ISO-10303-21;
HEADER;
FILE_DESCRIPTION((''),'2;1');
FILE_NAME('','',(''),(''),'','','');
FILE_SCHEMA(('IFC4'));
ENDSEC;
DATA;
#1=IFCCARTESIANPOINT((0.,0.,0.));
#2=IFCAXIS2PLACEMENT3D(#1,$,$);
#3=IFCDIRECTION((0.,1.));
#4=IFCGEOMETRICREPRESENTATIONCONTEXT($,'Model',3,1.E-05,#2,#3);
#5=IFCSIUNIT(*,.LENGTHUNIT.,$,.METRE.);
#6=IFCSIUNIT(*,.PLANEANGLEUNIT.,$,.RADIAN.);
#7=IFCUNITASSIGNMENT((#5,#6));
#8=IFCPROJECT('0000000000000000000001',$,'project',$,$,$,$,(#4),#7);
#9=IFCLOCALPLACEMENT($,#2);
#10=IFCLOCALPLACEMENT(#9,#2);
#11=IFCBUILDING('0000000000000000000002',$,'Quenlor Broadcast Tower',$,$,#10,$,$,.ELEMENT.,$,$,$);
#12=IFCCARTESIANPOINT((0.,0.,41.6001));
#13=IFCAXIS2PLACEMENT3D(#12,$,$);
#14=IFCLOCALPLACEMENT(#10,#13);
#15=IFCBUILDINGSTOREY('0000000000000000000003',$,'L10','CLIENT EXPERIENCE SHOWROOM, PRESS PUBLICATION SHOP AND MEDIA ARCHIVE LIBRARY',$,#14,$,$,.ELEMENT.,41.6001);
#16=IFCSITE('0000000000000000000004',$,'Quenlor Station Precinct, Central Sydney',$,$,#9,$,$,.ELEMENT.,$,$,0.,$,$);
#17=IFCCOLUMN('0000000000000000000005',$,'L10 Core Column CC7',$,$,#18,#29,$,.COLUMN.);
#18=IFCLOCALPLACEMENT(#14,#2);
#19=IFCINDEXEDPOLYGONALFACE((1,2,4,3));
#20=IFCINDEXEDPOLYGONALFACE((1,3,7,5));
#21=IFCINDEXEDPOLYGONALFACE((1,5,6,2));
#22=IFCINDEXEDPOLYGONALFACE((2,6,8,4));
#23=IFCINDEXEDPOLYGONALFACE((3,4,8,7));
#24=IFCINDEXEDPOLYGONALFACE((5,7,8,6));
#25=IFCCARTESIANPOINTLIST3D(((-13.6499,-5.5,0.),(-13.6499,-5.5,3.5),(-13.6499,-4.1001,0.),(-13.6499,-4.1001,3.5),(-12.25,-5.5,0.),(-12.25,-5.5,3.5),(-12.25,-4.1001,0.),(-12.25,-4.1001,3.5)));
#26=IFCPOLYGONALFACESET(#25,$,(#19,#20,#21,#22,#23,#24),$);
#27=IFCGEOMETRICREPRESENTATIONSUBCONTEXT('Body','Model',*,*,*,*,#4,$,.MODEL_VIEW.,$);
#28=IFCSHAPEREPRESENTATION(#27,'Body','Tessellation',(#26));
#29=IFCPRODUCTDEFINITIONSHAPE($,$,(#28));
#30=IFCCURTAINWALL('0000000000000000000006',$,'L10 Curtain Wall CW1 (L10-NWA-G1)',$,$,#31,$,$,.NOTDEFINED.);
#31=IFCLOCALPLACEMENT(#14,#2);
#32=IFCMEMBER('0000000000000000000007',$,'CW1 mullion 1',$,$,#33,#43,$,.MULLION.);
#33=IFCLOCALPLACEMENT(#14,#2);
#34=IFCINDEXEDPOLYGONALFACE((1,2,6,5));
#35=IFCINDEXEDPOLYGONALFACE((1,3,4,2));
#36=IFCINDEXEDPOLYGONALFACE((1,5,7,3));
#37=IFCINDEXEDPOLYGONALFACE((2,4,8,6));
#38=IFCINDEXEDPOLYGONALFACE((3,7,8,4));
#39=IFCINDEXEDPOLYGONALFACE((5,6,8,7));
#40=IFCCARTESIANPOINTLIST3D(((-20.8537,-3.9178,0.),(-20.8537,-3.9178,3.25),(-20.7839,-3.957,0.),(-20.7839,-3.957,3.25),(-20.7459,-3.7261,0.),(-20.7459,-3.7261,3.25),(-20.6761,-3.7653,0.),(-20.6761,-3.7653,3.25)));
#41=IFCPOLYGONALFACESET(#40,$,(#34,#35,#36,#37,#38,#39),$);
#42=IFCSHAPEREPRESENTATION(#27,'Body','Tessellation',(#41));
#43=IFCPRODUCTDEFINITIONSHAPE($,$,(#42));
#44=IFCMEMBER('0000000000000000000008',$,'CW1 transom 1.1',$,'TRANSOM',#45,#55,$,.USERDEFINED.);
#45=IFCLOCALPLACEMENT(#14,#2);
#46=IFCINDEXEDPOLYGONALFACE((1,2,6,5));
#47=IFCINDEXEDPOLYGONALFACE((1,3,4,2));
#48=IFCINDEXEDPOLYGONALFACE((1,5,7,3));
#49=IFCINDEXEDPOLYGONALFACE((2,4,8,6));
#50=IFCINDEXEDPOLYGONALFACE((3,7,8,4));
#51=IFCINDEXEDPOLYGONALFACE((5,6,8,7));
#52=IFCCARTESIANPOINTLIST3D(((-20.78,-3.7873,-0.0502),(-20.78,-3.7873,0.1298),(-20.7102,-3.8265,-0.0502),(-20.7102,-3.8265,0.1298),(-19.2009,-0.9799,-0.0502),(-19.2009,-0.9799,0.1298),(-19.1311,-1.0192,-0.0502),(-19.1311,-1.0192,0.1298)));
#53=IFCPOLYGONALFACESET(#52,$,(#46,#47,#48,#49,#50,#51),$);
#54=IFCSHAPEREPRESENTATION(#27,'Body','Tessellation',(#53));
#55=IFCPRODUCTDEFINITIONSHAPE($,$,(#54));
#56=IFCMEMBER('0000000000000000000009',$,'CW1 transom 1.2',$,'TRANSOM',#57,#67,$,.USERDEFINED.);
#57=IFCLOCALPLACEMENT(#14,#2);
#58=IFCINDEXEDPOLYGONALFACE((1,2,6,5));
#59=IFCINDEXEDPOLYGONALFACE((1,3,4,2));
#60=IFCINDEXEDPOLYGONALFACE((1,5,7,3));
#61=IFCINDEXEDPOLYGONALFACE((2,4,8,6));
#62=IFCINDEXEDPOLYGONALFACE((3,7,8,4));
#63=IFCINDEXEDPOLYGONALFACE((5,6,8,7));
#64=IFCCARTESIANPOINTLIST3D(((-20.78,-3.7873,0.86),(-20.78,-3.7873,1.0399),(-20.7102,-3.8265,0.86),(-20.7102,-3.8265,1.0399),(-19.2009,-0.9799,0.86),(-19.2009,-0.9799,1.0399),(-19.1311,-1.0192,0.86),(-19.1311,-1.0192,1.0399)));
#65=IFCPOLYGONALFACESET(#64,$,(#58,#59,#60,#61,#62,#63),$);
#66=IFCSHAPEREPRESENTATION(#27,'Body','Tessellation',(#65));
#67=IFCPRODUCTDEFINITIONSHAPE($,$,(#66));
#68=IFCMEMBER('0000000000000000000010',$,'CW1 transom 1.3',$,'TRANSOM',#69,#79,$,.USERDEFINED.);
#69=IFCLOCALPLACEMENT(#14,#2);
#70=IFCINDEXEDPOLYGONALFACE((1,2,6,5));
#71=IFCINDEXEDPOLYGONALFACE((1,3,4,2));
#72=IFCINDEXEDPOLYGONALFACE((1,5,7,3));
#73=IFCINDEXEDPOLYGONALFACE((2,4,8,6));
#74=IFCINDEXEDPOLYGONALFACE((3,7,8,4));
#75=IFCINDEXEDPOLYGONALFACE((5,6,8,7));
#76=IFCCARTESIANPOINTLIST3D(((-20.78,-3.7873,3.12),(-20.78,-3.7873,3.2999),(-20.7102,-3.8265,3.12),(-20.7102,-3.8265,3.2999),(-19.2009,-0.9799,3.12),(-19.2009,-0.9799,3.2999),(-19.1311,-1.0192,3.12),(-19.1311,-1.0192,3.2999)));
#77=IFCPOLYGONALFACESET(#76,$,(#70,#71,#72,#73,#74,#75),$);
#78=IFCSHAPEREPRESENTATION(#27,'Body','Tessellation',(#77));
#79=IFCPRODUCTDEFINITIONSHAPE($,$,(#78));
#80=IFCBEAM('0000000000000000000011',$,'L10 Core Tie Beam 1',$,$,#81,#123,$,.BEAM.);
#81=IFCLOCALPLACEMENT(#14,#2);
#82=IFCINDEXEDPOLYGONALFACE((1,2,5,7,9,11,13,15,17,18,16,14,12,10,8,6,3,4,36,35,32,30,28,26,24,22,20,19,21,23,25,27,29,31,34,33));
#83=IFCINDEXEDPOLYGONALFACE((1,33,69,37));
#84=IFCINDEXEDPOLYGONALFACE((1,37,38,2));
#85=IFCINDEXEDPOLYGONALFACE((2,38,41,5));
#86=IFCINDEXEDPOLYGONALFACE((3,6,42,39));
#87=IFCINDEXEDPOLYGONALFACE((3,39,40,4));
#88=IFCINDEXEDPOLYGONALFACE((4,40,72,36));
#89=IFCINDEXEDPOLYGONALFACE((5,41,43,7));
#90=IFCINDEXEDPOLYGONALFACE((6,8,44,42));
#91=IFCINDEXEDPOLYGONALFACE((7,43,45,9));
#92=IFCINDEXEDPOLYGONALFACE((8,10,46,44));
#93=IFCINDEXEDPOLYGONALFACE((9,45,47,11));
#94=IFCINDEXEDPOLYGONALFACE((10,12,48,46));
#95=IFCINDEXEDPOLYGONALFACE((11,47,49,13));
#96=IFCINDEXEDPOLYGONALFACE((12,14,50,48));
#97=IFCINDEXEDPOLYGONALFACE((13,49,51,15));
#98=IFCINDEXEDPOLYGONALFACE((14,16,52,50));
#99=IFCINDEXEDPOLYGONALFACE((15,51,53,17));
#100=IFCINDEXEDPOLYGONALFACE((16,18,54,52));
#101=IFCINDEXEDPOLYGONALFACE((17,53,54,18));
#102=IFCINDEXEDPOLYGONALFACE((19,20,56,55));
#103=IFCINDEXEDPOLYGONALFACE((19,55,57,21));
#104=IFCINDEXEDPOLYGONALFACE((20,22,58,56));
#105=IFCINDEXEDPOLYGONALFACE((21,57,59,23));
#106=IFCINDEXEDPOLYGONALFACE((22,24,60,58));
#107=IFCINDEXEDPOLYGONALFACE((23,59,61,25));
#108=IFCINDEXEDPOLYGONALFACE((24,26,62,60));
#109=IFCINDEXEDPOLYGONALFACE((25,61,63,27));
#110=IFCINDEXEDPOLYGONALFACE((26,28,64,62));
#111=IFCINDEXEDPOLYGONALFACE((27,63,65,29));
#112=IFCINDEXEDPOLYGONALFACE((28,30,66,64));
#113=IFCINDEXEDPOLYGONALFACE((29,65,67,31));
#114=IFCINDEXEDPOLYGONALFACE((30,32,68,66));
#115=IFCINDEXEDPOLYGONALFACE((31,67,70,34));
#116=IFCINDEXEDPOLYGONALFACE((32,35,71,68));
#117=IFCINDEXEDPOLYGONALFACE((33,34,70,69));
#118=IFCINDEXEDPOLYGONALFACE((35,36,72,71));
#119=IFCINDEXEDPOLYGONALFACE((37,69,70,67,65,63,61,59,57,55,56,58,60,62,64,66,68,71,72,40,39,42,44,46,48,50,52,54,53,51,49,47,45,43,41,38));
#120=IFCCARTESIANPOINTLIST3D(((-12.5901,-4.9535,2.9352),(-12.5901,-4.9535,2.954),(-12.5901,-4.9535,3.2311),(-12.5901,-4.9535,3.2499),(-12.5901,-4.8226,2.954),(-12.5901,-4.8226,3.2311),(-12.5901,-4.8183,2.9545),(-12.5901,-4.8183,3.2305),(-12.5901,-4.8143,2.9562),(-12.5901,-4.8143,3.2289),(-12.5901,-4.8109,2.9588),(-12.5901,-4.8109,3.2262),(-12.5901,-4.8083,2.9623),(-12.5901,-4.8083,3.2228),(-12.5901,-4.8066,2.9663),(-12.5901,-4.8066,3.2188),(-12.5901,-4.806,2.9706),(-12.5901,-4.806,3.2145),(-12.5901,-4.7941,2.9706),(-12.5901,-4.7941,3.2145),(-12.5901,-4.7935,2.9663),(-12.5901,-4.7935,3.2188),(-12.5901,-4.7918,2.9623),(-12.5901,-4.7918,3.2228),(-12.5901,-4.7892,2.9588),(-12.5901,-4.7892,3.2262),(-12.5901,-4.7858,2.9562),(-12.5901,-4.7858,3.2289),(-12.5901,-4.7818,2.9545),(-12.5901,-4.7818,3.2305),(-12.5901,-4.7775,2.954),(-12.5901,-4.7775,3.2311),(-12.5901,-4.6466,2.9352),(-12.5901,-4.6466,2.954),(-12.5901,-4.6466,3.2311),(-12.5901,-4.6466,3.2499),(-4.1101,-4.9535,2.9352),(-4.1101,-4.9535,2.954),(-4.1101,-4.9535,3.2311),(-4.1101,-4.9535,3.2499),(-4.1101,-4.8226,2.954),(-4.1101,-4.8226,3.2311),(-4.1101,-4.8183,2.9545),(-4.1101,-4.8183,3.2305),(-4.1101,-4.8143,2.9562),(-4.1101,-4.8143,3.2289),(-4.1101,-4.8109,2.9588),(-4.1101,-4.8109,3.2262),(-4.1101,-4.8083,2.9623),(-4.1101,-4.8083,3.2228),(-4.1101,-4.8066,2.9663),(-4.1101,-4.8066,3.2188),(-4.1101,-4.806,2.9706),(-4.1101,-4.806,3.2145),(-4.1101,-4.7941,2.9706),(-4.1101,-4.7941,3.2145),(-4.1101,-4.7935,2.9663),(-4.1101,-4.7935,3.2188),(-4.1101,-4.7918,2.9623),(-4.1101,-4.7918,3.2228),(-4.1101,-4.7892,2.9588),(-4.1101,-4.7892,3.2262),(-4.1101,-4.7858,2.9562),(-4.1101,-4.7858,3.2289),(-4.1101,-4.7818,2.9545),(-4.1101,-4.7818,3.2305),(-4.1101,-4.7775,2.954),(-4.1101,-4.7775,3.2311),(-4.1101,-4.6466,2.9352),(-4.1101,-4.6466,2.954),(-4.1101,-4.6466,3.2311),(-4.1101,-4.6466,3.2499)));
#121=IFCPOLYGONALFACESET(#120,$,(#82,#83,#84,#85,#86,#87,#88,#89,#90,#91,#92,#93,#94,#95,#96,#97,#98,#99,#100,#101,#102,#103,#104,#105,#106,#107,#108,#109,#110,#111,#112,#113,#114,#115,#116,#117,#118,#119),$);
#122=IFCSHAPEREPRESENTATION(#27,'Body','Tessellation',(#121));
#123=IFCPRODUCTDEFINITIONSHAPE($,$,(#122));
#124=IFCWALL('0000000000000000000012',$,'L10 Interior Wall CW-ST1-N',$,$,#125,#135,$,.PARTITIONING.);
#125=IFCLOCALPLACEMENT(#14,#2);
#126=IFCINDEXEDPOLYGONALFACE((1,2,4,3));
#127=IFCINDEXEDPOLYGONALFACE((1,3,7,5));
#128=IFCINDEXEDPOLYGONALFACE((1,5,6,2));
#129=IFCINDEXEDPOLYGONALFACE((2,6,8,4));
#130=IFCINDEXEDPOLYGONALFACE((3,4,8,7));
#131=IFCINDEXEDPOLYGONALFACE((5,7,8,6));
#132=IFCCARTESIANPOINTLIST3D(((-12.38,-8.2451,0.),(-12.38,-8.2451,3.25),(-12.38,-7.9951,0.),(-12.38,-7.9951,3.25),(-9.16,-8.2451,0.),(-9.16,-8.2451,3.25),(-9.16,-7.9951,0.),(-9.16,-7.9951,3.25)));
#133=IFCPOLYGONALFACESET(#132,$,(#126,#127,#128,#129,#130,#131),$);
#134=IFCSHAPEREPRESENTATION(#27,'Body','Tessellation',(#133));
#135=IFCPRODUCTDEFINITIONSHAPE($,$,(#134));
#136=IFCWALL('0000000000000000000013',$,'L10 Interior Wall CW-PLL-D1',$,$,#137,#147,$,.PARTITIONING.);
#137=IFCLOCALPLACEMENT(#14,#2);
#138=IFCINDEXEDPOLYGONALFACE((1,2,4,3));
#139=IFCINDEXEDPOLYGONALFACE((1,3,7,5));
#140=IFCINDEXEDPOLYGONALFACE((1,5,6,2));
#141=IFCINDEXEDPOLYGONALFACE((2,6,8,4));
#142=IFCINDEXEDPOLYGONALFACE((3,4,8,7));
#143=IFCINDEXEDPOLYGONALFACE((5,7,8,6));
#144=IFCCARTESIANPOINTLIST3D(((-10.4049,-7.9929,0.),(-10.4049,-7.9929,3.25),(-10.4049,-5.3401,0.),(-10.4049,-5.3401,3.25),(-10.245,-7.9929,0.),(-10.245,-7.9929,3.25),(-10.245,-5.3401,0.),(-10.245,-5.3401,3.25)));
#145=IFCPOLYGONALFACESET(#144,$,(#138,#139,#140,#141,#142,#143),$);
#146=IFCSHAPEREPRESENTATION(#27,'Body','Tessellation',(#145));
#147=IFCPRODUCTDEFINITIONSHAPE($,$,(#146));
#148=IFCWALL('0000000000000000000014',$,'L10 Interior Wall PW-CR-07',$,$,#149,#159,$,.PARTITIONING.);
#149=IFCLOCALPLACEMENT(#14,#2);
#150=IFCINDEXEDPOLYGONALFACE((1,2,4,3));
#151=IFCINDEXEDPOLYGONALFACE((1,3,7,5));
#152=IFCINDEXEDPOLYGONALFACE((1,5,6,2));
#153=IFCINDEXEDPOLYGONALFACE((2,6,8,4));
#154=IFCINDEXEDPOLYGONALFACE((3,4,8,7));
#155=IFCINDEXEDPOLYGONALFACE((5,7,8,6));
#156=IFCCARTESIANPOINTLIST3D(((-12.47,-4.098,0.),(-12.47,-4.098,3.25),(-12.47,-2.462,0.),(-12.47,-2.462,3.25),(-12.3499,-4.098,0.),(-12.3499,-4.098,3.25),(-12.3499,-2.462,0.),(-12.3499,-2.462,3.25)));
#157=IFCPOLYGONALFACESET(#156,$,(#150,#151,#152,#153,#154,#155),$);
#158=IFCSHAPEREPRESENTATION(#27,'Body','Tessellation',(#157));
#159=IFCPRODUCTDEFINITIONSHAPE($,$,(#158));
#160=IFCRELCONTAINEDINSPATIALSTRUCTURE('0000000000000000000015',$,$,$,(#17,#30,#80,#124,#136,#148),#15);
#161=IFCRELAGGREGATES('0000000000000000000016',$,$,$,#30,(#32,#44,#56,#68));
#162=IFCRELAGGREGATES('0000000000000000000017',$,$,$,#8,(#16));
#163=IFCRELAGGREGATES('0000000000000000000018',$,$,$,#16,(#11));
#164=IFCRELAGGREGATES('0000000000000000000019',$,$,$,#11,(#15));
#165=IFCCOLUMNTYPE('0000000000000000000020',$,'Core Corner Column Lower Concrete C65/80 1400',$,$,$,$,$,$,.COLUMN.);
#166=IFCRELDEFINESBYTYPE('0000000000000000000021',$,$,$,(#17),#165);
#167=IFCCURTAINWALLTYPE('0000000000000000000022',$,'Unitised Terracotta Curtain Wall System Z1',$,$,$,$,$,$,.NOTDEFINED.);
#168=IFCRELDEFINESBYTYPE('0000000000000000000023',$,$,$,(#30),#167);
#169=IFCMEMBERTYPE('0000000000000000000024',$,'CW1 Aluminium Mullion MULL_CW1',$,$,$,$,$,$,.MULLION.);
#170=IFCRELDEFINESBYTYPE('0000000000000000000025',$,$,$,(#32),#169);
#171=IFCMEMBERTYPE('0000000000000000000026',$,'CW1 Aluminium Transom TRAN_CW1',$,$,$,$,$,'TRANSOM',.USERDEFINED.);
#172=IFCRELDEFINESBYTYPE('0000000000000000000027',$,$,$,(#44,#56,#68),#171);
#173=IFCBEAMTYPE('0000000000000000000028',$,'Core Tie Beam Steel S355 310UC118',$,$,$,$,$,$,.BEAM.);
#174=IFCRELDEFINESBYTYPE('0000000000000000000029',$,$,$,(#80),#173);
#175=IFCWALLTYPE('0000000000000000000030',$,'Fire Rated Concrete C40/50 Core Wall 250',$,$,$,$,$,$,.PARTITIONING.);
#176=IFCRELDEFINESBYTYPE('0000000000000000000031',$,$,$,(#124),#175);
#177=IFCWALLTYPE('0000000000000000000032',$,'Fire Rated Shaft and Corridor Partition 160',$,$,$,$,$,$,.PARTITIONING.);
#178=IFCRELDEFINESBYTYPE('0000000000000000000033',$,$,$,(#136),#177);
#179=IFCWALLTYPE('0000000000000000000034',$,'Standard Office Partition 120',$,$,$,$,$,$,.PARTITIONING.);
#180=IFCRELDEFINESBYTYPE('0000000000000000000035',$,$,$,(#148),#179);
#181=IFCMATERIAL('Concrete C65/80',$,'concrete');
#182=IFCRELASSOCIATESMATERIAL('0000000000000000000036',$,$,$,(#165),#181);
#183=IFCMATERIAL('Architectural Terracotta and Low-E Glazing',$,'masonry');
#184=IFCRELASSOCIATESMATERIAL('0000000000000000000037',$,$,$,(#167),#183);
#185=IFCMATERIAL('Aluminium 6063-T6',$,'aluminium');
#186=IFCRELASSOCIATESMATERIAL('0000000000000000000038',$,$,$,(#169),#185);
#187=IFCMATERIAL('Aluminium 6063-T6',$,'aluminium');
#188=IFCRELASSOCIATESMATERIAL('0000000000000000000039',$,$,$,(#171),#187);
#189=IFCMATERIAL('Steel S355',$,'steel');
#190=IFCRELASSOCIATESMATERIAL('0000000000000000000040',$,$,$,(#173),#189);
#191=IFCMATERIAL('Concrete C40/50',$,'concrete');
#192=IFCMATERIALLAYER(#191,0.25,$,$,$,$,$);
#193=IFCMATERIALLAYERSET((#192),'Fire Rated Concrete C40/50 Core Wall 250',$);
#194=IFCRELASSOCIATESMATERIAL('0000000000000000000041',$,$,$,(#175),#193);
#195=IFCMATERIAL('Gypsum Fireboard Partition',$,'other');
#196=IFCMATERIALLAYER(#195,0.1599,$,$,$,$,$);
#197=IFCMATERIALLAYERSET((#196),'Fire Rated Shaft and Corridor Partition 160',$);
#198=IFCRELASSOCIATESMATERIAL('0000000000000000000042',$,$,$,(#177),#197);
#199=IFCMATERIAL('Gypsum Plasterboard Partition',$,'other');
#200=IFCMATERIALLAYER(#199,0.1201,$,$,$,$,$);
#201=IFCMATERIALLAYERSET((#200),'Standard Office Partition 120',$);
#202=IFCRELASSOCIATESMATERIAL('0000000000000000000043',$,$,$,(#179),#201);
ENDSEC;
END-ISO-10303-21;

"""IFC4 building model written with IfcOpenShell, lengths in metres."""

from ifc_helpers import new_model, si_unit, direction, frame, frame_2d, origin, origin_2d, place, context, subcontext, project, spatial, rectangle, i_section, extrude, material, layer, layer_set, material_profile, profile_set, type_object, element, aggregate, save


model = new_model("IFC4")

# Units and contexts
model_context = context("Model", 3, precision=1e-05, world=origin(), true_north=direction((0.0, 1.0)))
body_context = subcontext(model_context, "Body", "Model", "MODEL_VIEW")
ifc_project = project(units=[si_unit("LENGTHUNIT", "METRE"), si_unit("PLANEANGLEUNIT", "RADIAN")], contexts=[model_context])

# Site, building, storey
site_placement = place(None, origin())
site = spatial("IfcSite", under=ifc_project, at=site_placement, Name="Quenlor Station Precinct, Central Sydney", CompositionType="ELEMENT", RefElevation=0.0)
building_placement = place(site_placement, origin())
building = spatial("IfcBuilding", under=site, at=building_placement, Name="Quenlor Broadcast Tower", CompositionType="ELEMENT")
storey_placement = place(building_placement, frame((0.0, 0.0, 41.6001)))
storey = spatial("IfcBuildingStorey", under=building, at=storey_placement, Name="L10", Description="CLIENT EXPERIENCE SHOWROOM, PRESS PUBLICATION SHOP AND MEDIA ARCHIVE LIBRARY", CompositionType="ELEMENT", Elevation=41.6001)

# Column
ifc_material_1 = material(Name="Concrete C65/80", Category="concrete")
ifc_material_profile_1 = material_profile(ifc_material_1, rectangle(XDim=1.3999, YDim=1.3999, at=origin_2d()))
ifc_profile_set_1 = profile_set([ifc_material_profile_1], Name="Concrete C65/80 RC1400x1400")
column_type = type_object("IfcColumnType", Name="Core Corner Column Lower Concrete C65/80 1400", PredefinedType="COLUMN", material=ifc_profile_set_1)
column_placement = place(storey_placement, frame((-12.95, -4.8, 0.0), z_axis=(0.0, 0.0, 1.0), x_axis=(1.0, 0.0, 0.0)))
element("IfcColumn", 1, at=column_placement, inside=storey, type_object=column_type, Name="L10 Core Column CC7", PredefinedType="COLUMN", context=body_context, shape_type="SweptSolid", body=[
    extrude(rectangle(XDim=1.3999, YDim=1.3999, at=origin_2d()), origin(), (0.0, 0.0, 1.0), 3.5),
])

# Curtain wall, members
ifc_material_2 = material(Name="Architectural Terracotta and Low-E Glazing", Category="masonry")
curtain_wall_type = type_object("IfcCurtainWallType", Name="Unitised Terracotta Curtain Wall System Z1", PredefinedType="NOTDEFINED", material=ifc_material_2)
curtain_wall_placement = place(storey_placement, origin())
curtain_wall = element("IfcCurtainWall", 2, at=curtain_wall_placement, inside=storey, type_object=curtain_wall_type, Name="L10 Curtain Wall CW1 (L10-NWA-G1)", PredefinedType="NOTDEFINED")
ifc_material_3 = material(Name="Aluminium 6063-T6", Category="aluminium")
ifc_material_profile_2 = material_profile(ifc_material_3, rectangle(XDim=0.0801, YDim=0.22, at=origin_2d()))
ifc_profile_set_2 = profile_set([ifc_material_profile_2], Name="Aluminium 6063-T6 MULL80x220")
member_type_1 = type_object("IfcMemberType", Name="CW1 Aluminium Mullion MULL_CW1", PredefinedType="MULLION", material=ifc_profile_set_2)
member_1_placement = place(storey_placement, frame((-20.7649, -3.8416, 0.0), z_axis=(0.0, 0.0, 1.0), x_axis=(-0.871578, 0.490257, 0.0)))
member_1 = element("IfcMember", 3, at=member_1_placement, type_object=member_type_1, Name="CW1 mullion 1", PredefinedType="MULLION", context=body_context, shape_type="SweptSolid", body=[
    extrude(rectangle(XDim=0.0801, YDim=0.22, at=origin_2d()), origin(), (0.0, 0.0, 1.0), 3.25),
])
ifc_material_4 = material(Name="Aluminium 6063-T6", Category="aluminium")
ifc_material_profile_3 = material_profile(ifc_material_4, rectangle(XDim=0.0801, YDim=0.1799, at=origin_2d()))
ifc_profile_set_3 = profile_set([ifc_material_profile_3], Name="Aluminium 6063-T6 TRAN80x180")
member_type_2 = type_object("IfcMemberType", Name="CW1 Aluminium Transom TRAN_CW1", ElementType="TRANSOM", PredefinedType="USERDEFINED", material=ifc_profile_set_3)
member_2_placement = place(storey_placement, frame((-20.7451, -3.8069, 0.0398), z_axis=(0.49025, 0.871582, 0.0), x_axis=(-0.871582, 0.49025, 0.0)))
member_2 = element("IfcMember", 4, at=member_2_placement, type_object=member_type_2, Name="CW1 transom 1.1", ObjectType="TRANSOM", PredefinedType="USERDEFINED", context=body_context, shape_type="SweptSolid", body=[
    extrude(rectangle(XDim=0.0801, YDim=0.1799, at=origin_2d()), origin(), (0.0, 0.0, 1.0), 3.2209),
])
member_3_placement = place(storey_placement, frame((-20.7451, -3.8069, 0.95), z_axis=(0.49025, 0.871582, 0.0), x_axis=(-0.871582, 0.49025, 0.0)))
member_3 = element("IfcMember", 5, at=member_3_placement, type_object=member_type_2, Name="CW1 transom 1.2", ObjectType="TRANSOM", PredefinedType="USERDEFINED", context=body_context, shape_type="SweptSolid", body=[
    extrude(rectangle(XDim=0.0801, YDim=0.1799, at=origin_2d()), origin(), (0.0, 0.0, 1.0), 3.2209),
])
member_4_placement = place(storey_placement, frame((-20.7451, -3.8069, 3.21), z_axis=(0.49025, 0.871582, 0.0), x_axis=(-0.871582, 0.49025, 0.0)))
member_4 = element("IfcMember", 6, at=member_4_placement, type_object=member_type_2, Name="CW1 transom 1.3", ObjectType="TRANSOM", PredefinedType="USERDEFINED", context=body_context, shape_type="SweptSolid", body=[
    extrude(rectangle(XDim=0.0801, YDim=0.1799, at=origin_2d()), origin(), (0.0, 0.0, 1.0), 3.2209),
])
aggregate(curtain_wall, [member_1, member_2, member_3, member_4])

# Beam
ifc_material_5 = material(Name="Steel S355", Category="steel")
ifc_material_profile_4 = material_profile(ifc_material_5, i_section(OverallWidth=0.3069, OverallDepth=0.3147, WebThickness=0.012, FlangeThickness=0.0188, FilletRadius=0.0166, at=origin_2d()))
ifc_profile_set_4 = profile_set([ifc_material_profile_4], Name="Steel S355 310UC118")
beam_type = type_object("IfcBeamType", Name="Core Tie Beam Steel S355 310UC118", PredefinedType="BEAM", material=ifc_profile_set_4)
beam_placement = place(storey_placement, frame((-12.5901, -4.8, 3.0925), z_axis=(1.0, 0.0, 0.0), x_axis=(0.0, 1.0, 0.0)))
element("IfcBeam", 7, at=beam_placement, inside=storey, type_object=beam_type, Name="L10 Core Tie Beam 1", PredefinedType="BEAM", context=body_context, shape_type="SweptSolid", body=[
    extrude(i_section(OverallWidth=0.3069, OverallDepth=0.3147, WebThickness=0.012, FlangeThickness=0.0188, FilletRadius=0.0166, at=origin_2d()), origin(), (0.0, 0.0, 1.0), 8.48),
])

# Wall
ifc_material_6 = material(Name="Concrete C40/50", Category="concrete")
ifc_layer_1 = layer(ifc_material_6, 0.25)
ifc_layer_set_1 = layer_set([ifc_layer_1], Name="Fire Rated Concrete C40/50 Core Wall 250")
wall_type_1 = type_object("IfcWallType", Name="Fire Rated Concrete C40/50 Core Wall 250", PredefinedType="PARTITIONING", material=ifc_layer_set_1)
wall_1_placement = place(storey_placement, frame((-12.3799, -8.1201, 0.0), z_axis=(0.0, 0.0, 1.0), x_axis=(1.0, 0.0, 0.0)))
element("IfcWall", 8, at=wall_1_placement, inside=storey, type_object=wall_type_1, Name="L10 Interior Wall CW-ST1-N", PredefinedType="PARTITIONING", context=body_context, shape_type="SweptSolid", body=[
    extrude(rectangle(XDim=3.22, YDim=0.25, at=frame_2d((1.6099, 0.0))), origin(), (0.0, 0.0, 1.0), 3.25),
])

# Walls
ifc_material_7 = material(Name="Gypsum Fireboard Partition", Category="other")
ifc_layer_2 = layer(ifc_material_7, 0.1599)
ifc_layer_set_2 = layer_set([ifc_layer_2], Name="Fire Rated Shaft and Corridor Partition 160")
wall_type_2 = type_object("IfcWallType", Name="Fire Rated Shaft and Corridor Partition 160", PredefinedType="PARTITIONING", material=ifc_layer_set_2)
wall_2_placement = place(storey_placement, frame((-10.325, -7.9929, 0.0), z_axis=(0.0, 0.0, 1.0), x_axis=(0.0, 1.0, 0.0)))
element("IfcWall", 9, at=wall_2_placement, inside=storey, type_object=wall_type_2, Name="L10 Interior Wall CW-PLL-D1", PredefinedType="PARTITIONING", context=body_context, shape_type="SweptSolid", body=[
    extrude(rectangle(XDim=2.6528, YDim=0.1599, at=frame_2d((1.3264, 0.0))), origin(), (0.0, 0.0, 1.0), 3.25),
])
ifc_material_8 = material(Name="Gypsum Plasterboard Partition", Category="other")
ifc_layer_3 = layer(ifc_material_8, 0.1201)
ifc_layer_set_3 = layer_set([ifc_layer_3], Name="Standard Office Partition 120")
wall_type_3 = type_object("IfcWallType", Name="Standard Office Partition 120", PredefinedType="PARTITIONING", material=ifc_layer_set_3)
wall_3_placement = place(storey_placement, frame((-12.4099, -4.0979, 0.0), z_axis=(0.0, 0.0, 1.0), x_axis=(0.0, 1.0, 0.0)))
element("IfcWall", 10, at=wall_3_placement, inside=storey, type_object=wall_type_3, Name="L10 Interior Wall PW-CR-07", PredefinedType="PARTITIONING", context=body_context, shape_type="SweptSolid", body=[
    extrude(rectangle(XDim=1.636, YDim=0.1201, at=frame_2d((0.8179, 0.0))), origin(), (0.0, 0.0, 1.0), 3.25),
])

save(model, "model.ifc")
